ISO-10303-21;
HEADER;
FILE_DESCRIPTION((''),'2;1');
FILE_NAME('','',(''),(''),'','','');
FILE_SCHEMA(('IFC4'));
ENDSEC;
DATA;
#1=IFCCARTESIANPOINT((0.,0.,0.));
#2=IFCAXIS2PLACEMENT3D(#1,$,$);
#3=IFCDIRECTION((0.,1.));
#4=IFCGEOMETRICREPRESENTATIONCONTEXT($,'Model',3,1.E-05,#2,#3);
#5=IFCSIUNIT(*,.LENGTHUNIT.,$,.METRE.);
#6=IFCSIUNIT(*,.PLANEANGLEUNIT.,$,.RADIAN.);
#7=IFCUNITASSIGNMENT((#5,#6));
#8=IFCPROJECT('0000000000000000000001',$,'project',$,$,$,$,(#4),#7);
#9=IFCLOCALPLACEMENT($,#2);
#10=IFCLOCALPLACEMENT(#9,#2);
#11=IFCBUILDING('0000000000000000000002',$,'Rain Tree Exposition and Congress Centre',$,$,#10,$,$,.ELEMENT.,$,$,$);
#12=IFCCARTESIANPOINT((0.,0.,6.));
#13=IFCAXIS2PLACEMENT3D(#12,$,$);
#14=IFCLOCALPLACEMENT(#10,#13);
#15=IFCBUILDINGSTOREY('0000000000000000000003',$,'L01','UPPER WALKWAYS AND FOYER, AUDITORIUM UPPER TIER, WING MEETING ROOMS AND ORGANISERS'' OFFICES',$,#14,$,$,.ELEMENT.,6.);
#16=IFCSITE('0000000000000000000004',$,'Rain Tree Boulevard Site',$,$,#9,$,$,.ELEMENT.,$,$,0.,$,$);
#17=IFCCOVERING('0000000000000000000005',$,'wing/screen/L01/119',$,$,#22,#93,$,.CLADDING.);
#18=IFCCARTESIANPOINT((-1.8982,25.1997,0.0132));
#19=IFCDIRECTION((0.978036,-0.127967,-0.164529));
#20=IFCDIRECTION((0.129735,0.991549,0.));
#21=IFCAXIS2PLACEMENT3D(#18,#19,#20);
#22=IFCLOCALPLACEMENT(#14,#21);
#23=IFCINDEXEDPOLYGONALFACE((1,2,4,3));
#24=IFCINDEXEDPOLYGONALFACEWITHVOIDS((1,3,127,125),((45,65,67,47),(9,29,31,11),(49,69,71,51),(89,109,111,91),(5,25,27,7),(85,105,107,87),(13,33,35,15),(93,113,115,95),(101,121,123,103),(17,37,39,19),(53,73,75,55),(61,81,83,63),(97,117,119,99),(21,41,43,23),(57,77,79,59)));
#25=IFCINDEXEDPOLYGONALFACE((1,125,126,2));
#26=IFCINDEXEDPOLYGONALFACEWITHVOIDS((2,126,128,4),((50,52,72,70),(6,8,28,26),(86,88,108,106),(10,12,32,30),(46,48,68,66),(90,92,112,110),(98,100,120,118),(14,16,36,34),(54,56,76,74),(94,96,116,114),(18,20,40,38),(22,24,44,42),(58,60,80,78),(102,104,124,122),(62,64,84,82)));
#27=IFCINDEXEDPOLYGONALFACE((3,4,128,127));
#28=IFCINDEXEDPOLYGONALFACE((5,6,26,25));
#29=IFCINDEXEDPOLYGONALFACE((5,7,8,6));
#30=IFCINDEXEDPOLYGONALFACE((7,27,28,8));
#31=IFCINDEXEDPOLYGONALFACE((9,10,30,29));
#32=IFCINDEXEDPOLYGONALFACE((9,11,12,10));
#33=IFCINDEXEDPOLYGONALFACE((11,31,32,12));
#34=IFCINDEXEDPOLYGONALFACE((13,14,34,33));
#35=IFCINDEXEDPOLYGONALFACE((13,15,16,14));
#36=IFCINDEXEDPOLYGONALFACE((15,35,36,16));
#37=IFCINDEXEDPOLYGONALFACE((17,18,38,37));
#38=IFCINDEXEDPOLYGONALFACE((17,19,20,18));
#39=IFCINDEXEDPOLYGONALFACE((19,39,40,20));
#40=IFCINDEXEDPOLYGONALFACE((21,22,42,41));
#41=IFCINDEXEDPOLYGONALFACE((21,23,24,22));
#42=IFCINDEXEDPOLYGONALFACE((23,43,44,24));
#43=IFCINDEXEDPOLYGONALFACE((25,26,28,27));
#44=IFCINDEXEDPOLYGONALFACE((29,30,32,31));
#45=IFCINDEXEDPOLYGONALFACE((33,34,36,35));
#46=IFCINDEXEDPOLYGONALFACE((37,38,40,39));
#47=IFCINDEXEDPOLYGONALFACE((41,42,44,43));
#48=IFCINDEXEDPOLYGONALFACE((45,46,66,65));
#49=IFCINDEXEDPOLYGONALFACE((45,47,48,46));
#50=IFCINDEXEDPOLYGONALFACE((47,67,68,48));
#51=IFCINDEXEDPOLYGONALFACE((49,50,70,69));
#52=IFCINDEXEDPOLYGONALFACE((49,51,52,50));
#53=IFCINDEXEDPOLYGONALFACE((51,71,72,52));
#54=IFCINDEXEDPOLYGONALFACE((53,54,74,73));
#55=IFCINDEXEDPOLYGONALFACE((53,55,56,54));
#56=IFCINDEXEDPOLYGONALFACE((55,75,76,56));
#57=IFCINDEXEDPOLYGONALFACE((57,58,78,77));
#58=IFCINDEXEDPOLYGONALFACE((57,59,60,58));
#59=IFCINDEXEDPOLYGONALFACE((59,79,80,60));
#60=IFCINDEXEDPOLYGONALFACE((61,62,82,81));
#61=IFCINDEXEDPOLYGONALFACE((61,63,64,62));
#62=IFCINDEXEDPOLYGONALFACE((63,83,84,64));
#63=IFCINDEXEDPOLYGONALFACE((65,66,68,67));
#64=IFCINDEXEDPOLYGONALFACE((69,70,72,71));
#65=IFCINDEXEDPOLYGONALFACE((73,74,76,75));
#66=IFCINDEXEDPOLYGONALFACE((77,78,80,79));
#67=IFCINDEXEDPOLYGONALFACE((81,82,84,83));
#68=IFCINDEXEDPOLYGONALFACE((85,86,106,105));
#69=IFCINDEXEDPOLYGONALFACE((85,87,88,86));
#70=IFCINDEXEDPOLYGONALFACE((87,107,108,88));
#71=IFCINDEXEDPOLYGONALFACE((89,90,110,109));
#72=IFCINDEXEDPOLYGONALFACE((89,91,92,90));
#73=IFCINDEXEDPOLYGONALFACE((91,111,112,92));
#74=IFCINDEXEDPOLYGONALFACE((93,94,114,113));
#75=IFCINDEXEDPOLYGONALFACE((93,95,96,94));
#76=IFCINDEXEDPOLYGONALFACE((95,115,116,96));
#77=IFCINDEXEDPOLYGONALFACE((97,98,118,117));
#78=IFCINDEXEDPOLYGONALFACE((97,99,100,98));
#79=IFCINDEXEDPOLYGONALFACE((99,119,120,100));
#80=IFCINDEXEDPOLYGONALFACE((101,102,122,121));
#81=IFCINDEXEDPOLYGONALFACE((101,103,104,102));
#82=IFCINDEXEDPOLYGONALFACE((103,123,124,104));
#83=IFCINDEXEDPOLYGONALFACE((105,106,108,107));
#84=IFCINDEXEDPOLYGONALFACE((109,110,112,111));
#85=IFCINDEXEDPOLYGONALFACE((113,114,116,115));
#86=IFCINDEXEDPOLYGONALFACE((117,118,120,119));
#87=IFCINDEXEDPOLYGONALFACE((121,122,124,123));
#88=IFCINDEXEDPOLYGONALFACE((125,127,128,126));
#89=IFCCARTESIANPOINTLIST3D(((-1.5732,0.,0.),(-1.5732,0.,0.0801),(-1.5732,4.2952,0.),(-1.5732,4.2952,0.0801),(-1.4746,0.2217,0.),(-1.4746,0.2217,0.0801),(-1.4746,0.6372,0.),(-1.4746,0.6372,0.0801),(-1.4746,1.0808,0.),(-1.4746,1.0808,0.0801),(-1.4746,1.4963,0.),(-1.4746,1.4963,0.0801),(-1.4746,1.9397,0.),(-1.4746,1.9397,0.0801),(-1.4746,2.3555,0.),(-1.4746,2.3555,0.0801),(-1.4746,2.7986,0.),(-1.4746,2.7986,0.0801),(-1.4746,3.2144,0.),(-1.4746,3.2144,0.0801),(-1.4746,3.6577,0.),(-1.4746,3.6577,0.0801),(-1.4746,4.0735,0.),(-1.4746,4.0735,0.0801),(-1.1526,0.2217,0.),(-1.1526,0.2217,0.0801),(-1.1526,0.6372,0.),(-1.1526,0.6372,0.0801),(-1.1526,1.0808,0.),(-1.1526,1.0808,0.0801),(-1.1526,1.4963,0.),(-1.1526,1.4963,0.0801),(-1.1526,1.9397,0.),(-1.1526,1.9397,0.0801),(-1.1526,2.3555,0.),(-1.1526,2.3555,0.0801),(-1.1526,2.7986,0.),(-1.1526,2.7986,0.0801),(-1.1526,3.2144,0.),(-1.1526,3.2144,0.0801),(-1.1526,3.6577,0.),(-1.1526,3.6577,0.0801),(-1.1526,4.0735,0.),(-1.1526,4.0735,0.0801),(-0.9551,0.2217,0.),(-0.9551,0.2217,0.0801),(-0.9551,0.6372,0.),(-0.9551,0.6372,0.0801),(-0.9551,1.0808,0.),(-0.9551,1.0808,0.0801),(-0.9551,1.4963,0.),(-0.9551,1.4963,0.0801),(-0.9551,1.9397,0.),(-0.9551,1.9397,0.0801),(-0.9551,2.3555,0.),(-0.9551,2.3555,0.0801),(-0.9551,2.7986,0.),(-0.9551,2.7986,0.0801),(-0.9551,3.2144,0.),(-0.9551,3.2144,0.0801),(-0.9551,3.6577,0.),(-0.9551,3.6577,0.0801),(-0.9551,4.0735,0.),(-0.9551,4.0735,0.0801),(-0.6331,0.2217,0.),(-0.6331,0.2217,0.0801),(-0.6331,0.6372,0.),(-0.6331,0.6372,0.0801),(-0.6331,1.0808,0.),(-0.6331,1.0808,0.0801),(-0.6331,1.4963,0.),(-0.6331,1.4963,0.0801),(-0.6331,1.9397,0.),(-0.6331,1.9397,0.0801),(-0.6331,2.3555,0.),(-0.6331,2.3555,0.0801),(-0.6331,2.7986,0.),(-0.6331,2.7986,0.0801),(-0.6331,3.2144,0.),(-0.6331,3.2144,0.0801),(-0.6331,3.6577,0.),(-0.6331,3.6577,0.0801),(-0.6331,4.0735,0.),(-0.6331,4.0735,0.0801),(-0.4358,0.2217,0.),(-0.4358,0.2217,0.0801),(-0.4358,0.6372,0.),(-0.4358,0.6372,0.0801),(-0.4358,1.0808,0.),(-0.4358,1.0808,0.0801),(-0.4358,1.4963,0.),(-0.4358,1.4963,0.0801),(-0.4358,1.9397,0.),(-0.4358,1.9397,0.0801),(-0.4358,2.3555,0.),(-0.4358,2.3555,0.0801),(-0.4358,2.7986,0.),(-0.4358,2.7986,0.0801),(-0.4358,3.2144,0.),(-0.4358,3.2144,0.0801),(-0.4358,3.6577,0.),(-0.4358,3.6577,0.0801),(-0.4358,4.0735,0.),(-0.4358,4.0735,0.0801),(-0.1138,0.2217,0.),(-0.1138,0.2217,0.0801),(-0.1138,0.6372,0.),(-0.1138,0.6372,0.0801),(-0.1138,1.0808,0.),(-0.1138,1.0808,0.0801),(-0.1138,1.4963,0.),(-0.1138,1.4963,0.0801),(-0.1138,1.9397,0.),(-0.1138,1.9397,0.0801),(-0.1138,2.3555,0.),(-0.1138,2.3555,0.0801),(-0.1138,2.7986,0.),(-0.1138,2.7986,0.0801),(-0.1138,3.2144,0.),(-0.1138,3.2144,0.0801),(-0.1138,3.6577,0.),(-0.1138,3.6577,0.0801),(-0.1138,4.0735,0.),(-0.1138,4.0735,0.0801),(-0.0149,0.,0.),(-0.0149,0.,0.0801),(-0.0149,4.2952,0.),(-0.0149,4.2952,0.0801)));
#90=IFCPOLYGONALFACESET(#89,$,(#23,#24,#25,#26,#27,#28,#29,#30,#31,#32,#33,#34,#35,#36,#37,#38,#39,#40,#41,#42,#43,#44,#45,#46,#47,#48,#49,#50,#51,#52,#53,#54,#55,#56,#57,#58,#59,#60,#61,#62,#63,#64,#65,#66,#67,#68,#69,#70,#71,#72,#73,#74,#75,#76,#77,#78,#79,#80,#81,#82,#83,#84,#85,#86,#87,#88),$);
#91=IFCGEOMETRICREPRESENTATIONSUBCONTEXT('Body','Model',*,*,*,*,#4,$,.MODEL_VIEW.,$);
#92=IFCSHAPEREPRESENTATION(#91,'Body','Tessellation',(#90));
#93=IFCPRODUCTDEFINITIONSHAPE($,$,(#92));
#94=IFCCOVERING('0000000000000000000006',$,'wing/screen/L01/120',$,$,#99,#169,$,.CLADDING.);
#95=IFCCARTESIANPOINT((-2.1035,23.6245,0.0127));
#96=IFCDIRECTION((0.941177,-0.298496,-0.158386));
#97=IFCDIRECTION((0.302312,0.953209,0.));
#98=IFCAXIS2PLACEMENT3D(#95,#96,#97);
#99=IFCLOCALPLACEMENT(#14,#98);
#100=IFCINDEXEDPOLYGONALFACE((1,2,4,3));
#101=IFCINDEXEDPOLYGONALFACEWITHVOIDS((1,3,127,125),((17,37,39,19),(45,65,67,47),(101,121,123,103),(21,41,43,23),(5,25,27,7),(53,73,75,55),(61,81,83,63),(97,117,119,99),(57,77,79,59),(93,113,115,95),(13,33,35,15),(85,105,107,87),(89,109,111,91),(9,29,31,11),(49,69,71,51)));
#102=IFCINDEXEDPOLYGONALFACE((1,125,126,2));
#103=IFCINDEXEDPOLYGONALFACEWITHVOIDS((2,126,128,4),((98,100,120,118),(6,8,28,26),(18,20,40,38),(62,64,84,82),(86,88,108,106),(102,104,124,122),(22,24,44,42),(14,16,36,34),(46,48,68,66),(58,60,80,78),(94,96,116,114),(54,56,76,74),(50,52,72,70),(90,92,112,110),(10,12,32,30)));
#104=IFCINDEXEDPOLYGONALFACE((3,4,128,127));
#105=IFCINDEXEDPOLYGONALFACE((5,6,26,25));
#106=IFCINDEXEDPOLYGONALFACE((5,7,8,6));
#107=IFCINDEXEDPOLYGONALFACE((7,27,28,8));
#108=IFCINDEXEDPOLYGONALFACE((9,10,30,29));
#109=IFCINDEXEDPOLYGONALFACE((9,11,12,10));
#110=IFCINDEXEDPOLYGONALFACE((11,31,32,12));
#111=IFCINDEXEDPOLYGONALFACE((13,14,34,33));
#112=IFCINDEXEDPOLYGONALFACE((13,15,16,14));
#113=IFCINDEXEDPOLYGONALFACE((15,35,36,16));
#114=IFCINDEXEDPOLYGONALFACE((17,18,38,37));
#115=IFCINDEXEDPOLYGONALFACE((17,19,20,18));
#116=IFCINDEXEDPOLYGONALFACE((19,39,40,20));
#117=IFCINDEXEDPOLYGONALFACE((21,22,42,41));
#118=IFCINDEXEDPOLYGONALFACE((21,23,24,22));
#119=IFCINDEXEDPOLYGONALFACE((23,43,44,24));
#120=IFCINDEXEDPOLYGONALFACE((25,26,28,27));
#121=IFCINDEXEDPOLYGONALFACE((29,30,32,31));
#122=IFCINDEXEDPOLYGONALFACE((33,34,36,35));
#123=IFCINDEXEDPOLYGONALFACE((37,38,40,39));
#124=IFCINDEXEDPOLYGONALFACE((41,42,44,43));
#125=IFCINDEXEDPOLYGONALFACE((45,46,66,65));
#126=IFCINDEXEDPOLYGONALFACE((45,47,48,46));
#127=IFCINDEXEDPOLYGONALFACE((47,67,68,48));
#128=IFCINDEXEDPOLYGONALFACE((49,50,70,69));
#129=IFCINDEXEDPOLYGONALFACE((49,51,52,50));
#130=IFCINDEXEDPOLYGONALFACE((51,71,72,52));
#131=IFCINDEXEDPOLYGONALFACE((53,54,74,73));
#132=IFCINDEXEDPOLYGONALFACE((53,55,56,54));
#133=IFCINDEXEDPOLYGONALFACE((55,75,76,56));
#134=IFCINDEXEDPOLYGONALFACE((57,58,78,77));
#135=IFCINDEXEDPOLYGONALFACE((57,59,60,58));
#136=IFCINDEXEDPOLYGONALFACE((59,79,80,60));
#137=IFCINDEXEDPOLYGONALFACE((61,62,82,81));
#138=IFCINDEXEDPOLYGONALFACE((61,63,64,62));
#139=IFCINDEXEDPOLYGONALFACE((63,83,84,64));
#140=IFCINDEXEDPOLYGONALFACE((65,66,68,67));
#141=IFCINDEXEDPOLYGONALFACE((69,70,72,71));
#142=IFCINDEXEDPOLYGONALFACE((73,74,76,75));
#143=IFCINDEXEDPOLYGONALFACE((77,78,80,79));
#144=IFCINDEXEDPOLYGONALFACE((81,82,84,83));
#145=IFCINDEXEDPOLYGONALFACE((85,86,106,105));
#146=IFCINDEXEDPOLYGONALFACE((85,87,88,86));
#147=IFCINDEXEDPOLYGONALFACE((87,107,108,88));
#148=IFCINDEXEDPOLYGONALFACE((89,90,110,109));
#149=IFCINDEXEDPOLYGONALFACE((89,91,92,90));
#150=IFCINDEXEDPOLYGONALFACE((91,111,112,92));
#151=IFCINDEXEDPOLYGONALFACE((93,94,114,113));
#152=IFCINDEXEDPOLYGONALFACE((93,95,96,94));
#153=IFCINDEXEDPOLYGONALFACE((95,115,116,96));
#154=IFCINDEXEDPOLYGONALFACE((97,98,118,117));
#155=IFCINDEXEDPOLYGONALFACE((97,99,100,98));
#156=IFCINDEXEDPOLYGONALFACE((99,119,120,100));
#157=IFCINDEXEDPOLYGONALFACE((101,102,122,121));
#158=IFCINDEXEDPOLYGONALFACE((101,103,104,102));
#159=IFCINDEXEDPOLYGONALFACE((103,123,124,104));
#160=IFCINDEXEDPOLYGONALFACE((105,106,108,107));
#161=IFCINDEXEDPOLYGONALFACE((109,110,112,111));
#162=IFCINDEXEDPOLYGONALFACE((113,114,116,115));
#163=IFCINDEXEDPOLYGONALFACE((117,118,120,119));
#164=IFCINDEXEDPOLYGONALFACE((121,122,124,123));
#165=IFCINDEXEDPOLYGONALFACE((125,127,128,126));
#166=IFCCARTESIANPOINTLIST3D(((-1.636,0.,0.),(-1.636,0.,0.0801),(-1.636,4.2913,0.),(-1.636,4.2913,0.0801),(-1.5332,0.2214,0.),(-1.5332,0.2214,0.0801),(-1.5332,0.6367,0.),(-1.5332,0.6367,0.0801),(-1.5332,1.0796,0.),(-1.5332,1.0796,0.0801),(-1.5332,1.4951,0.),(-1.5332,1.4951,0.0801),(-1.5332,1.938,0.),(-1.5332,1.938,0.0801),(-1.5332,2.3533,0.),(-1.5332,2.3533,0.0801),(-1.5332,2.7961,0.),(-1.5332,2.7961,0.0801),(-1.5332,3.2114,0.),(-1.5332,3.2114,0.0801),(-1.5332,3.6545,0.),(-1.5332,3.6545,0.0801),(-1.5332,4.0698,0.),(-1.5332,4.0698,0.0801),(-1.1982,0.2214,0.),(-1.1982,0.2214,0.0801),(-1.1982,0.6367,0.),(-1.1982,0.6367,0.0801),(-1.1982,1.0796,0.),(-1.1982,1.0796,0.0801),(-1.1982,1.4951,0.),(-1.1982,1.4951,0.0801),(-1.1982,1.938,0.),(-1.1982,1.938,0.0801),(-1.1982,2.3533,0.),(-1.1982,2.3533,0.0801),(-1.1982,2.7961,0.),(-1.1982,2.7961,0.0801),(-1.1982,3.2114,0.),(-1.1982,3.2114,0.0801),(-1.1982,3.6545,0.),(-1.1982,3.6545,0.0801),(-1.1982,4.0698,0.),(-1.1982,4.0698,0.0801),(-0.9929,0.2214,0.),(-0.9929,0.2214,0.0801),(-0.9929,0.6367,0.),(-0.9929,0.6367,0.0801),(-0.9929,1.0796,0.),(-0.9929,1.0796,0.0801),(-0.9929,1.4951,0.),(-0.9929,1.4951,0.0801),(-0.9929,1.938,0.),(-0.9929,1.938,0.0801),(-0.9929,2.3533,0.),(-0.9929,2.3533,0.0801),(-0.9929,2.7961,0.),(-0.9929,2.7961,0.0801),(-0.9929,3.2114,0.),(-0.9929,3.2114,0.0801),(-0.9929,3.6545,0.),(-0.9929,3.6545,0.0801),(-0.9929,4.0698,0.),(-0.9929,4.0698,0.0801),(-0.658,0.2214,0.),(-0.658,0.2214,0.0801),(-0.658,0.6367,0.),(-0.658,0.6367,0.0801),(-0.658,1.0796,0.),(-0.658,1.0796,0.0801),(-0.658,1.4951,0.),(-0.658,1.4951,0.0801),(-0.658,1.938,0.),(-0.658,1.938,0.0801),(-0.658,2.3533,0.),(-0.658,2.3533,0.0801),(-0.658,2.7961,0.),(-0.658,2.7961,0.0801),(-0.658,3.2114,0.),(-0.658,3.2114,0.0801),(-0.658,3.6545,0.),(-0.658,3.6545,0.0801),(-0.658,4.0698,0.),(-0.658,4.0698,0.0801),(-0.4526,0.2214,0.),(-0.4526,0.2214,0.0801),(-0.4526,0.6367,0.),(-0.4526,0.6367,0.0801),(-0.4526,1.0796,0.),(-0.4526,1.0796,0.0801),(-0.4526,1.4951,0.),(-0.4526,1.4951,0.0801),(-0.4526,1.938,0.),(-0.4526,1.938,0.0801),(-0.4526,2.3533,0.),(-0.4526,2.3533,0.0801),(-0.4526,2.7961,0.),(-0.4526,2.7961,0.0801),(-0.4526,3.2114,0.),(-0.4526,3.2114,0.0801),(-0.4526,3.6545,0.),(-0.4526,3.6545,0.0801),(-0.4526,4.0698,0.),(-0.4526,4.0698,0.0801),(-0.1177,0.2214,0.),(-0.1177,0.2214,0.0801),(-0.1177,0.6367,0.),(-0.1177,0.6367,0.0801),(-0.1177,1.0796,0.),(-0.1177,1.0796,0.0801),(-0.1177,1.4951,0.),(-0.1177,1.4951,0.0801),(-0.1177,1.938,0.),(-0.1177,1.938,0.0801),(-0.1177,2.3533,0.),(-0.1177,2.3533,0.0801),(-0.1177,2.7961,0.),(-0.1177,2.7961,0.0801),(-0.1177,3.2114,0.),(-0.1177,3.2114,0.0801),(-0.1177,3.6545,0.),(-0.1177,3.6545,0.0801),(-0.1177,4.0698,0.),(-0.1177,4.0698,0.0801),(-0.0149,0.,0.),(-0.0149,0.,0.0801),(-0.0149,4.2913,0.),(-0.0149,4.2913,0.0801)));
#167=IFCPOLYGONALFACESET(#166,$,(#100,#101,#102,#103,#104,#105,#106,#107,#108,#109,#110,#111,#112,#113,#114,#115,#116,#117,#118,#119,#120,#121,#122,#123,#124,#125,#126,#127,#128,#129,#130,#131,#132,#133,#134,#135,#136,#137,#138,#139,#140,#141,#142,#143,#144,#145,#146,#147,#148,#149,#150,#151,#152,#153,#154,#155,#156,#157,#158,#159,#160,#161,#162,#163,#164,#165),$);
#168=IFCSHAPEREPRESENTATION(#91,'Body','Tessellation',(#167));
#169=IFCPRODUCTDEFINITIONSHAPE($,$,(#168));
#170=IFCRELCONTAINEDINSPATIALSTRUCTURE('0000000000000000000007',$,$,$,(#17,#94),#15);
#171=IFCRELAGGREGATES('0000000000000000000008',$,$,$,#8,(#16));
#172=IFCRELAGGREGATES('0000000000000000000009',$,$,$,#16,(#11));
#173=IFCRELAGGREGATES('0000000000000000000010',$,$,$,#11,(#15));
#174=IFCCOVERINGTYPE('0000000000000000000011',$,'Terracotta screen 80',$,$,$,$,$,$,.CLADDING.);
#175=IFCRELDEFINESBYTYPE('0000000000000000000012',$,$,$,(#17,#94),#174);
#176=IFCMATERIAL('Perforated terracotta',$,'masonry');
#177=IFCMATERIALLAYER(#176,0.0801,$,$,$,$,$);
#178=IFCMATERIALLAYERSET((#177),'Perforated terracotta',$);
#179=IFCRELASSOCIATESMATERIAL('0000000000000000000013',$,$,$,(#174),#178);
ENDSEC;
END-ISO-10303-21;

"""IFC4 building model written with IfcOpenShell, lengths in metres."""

from ifc_helpers import new_model, si_unit, direction, frame, origin, place, context, subcontext, project, spatial, polyline, outline, extrude, material, layer, layer_set, type_object, element, save


model = new_model("IFC4")

# Units and contexts
model_context = context("Model", 3, precision=1e-05, world=origin(), true_north=direction((0.0, 1.0)))
body_context = subcontext(model_context, "Body", "Model", "MODEL_VIEW")
ifc_project = project(units=[si_unit("LENGTHUNIT", "METRE"), si_unit("PLANEANGLEUNIT", "RADIAN")], contexts=[model_context])

# Site, building, storey
site_placement = place(None, origin())
site = spatial("IfcSite", under=ifc_project, at=site_placement, Name="Rain Tree Boulevard Site", CompositionType="ELEMENT", RefElevation=0.0)
building_placement = place(site_placement, origin())
building = spatial("IfcBuilding", under=site, at=building_placement, Name="Rain Tree Exposition and Congress Centre", CompositionType="ELEMENT")
storey_placement = place(building_placement, frame((0.0, 0.0, 6.0)))
storey = spatial("IfcBuildingStorey", under=building, at=storey_placement, Name="L01", Description="UPPER WALKWAYS AND FOYER, AUDITORIUM UPPER TIER, WING MEETING ROOMS AND ORGANISERS' OFFICES", CompositionType="ELEMENT", Elevation=6.0)

# Coverings
ifc_material_1 = material(Name="Perforated terracotta", Category="masonry")
ifc_layer_1 = layer(ifc_material_1, 0.0801)
ifc_layer_set_1 = layer_set([ifc_layer_1], Name="Perforated terracotta")
covering_type = type_object("IfcCoveringType", Name="Terracotta screen 80", PredefinedType="CLADDING", material=ifc_layer_set_1)
covering_1_placement = place(storey_placement, frame((-1.8982, 25.1997, 0.0132), z_axis=(0.978036, -0.127967, -0.164529), x_axis=(0.129735, 0.991549, 0.0)))
element("IfcCovering", 1, at=covering_1_placement, inside=storey, type_object=covering_type, Name="wing/screen/L01/119", PredefinedType="CLADDING", context=body_context, shape_type="SweptSolid", body=[
    extrude(outline(polyline([(-1.5732, 0.0), (-1.5732, 4.2952), (-0.0149, 4.2952), (-0.0149, 0.0), (-1.5732, 0.0)]), holes=[polyline([(-0.1138, 0.2217), (-0.1138, 0.6372), (-0.4358, 0.6372), (-0.4358, 0.2217), (-0.1138, 0.2217)]), polyline([(-0.1138, 1.0808), (-0.1138, 1.4963), (-0.4358, 1.4963), (-0.4358, 1.0808), (-0.1138, 1.0808)]), polyline([(-0.1138, 1.9397), (-0.1138, 2.3555), (-0.4358, 2.3555), (-0.4358, 1.9397), (-0.1138, 1.9397)]), polyline([(-0.1138, 2.7986), (-0.1138, 3.2144), (-0.4358, 3.2144), (-0.4358, 2.7986), (-0.1138, 2.7986)]), polyline([(-0.1138, 3.6577), (-0.1138, 4.0735), (-0.4358, 4.0735), (-0.4358, 3.6577), (-0.1138, 3.6577)]), polyline([(-0.6331, 0.2217), (-0.6331, 0.6372), (-0.9551, 0.6372), (-0.9551, 0.2217), (-0.6331, 0.2217)]), polyline([(-0.6331, 1.0808), (-0.6331, 1.4963), (-0.9551, 1.4963), (-0.9551, 1.0808), (-0.6331, 1.0808)]), polyline([(-0.6331, 1.9397), (-0.6331, 2.3555), (-0.9551, 2.3555), (-0.9551, 1.9397), (-0.6331, 1.9397)]), polyline([(-0.6331, 2.7986), (-0.6331, 3.2144), (-0.9551, 3.2144), (-0.9551, 2.7986), (-0.6331, 2.7986)]), polyline([(-0.6331, 3.6577), (-0.6331, 4.0735), (-0.9551, 4.0735), (-0.9551, 3.6577), (-0.6331, 3.6577)]), polyline([(-1.1526, 0.2217), (-1.1526, 0.6372), (-1.4746, 0.6372), (-1.4746, 0.2217), (-1.1526, 0.2217)]), polyline([(-1.1526, 1.0808), (-1.1526, 1.4963), (-1.4746, 1.4963), (-1.4746, 1.0808), (-1.1526, 1.0808)]), polyline([(-1.1526, 1.9397), (-1.1526, 2.3555), (-1.4746, 2.3555), (-1.4746, 1.9397), (-1.1526, 1.9397)]), polyline([(-1.1526, 2.7986), (-1.1526, 3.2144), (-1.4746, 3.2144), (-1.4746, 2.7986), (-1.1526, 2.7986)]), polyline([(-1.1526, 3.6577), (-1.1526, 4.0735), (-1.4746, 4.0735), (-1.4746, 3.6577), (-1.1526, 3.6577)])]), origin(), (0.0, 0.0, 1.0), 0.0801),
])
covering_2_placement = place(storey_placement, frame((-2.1035, 23.6245, 0.0127), z_axis=(0.941177, -0.298496, -0.158386), x_axis=(0.302312, 0.953209, 0.0)))
element("IfcCovering", 2, at=covering_2_placement, inside=storey, type_object=covering_type, Name="wing/screen/L01/120", PredefinedType="CLADDING", context=body_context, shape_type="SweptSolid", body=[
    extrude(outline(polyline([(-1.636, 0.0), (-1.636, 4.2913), (-0.0149, 4.2913), (-0.0149, 0.0), (-1.636, 0.0)]), holes=[polyline([(-0.1177, 0.2214), (-0.1177, 0.6367), (-0.4526, 0.6367), (-0.4526, 0.2214), (-0.1177, 0.2214)]), polyline([(-0.1177, 1.0796), (-0.1177, 1.4951), (-0.4526, 1.4951), (-0.4526, 1.0796), (-0.1177, 1.0796)]), polyline([(-0.1177, 1.938), (-0.1177, 2.3533), (-0.4526, 2.3533), (-0.4526, 1.938), (-0.1177, 1.938)]), polyline([(-0.1177, 2.7961), (-0.1177, 3.2114), (-0.4526, 3.2114), (-0.4526, 2.7961), (-0.1177, 2.7961)]), polyline([(-0.1177, 3.6545), (-0.1177, 4.0698), (-0.4526, 4.0698), (-0.4526, 3.6545), (-0.1177, 3.6545)]), polyline([(-0.658, 0.2214), (-0.658, 0.6367), (-0.9929, 0.6367), (-0.9929, 0.2214), (-0.658, 0.2214)]), polyline([(-0.658, 1.0796), (-0.658, 1.4951), (-0.9929, 1.4951), (-0.9929, 1.0796), (-0.658, 1.0796)]), polyline([(-0.658, 1.938), (-0.658, 2.3533), (-0.9929, 2.3533), (-0.9929, 1.938), (-0.658, 1.938)]), polyline([(-0.658, 2.7961), (-0.658, 3.2114), (-0.9929, 3.2114), (-0.9929, 2.7961), (-0.658, 2.7961)]), polyline([(-0.658, 3.6545), (-0.658, 4.0698), (-0.9929, 4.0698), (-0.9929, 3.6545), (-0.658, 3.6545)]), polyline([(-1.1982, 0.2214), (-1.1982, 0.6367), (-1.5332, 0.6367), (-1.5332, 0.2214), (-1.1982, 0.2214)]), polyline([(-1.1982, 1.0796), (-1.1982, 1.4951), (-1.5332, 1.4951), (-1.5332, 1.0796), (-1.1982, 1.0796)]), polyline([(-1.1982, 1.938), (-1.1982, 2.3533), (-1.5332, 2.3533), (-1.5332, 1.938), (-1.1982, 1.938)]), polyline([(-1.1982, 2.7961), (-1.1982, 3.2114), (-1.5332, 3.2114), (-1.5332, 2.7961), (-1.1982, 2.7961)]), polyline([(-1.1982, 3.6545), (-1.1982, 4.0698), (-1.5332, 4.0698), (-1.5332, 3.6545), (-1.1982, 3.6545)])]), origin(), (0.0, 0.0, 1.0), 0.0801),
])

save(model, "model.ifc")
